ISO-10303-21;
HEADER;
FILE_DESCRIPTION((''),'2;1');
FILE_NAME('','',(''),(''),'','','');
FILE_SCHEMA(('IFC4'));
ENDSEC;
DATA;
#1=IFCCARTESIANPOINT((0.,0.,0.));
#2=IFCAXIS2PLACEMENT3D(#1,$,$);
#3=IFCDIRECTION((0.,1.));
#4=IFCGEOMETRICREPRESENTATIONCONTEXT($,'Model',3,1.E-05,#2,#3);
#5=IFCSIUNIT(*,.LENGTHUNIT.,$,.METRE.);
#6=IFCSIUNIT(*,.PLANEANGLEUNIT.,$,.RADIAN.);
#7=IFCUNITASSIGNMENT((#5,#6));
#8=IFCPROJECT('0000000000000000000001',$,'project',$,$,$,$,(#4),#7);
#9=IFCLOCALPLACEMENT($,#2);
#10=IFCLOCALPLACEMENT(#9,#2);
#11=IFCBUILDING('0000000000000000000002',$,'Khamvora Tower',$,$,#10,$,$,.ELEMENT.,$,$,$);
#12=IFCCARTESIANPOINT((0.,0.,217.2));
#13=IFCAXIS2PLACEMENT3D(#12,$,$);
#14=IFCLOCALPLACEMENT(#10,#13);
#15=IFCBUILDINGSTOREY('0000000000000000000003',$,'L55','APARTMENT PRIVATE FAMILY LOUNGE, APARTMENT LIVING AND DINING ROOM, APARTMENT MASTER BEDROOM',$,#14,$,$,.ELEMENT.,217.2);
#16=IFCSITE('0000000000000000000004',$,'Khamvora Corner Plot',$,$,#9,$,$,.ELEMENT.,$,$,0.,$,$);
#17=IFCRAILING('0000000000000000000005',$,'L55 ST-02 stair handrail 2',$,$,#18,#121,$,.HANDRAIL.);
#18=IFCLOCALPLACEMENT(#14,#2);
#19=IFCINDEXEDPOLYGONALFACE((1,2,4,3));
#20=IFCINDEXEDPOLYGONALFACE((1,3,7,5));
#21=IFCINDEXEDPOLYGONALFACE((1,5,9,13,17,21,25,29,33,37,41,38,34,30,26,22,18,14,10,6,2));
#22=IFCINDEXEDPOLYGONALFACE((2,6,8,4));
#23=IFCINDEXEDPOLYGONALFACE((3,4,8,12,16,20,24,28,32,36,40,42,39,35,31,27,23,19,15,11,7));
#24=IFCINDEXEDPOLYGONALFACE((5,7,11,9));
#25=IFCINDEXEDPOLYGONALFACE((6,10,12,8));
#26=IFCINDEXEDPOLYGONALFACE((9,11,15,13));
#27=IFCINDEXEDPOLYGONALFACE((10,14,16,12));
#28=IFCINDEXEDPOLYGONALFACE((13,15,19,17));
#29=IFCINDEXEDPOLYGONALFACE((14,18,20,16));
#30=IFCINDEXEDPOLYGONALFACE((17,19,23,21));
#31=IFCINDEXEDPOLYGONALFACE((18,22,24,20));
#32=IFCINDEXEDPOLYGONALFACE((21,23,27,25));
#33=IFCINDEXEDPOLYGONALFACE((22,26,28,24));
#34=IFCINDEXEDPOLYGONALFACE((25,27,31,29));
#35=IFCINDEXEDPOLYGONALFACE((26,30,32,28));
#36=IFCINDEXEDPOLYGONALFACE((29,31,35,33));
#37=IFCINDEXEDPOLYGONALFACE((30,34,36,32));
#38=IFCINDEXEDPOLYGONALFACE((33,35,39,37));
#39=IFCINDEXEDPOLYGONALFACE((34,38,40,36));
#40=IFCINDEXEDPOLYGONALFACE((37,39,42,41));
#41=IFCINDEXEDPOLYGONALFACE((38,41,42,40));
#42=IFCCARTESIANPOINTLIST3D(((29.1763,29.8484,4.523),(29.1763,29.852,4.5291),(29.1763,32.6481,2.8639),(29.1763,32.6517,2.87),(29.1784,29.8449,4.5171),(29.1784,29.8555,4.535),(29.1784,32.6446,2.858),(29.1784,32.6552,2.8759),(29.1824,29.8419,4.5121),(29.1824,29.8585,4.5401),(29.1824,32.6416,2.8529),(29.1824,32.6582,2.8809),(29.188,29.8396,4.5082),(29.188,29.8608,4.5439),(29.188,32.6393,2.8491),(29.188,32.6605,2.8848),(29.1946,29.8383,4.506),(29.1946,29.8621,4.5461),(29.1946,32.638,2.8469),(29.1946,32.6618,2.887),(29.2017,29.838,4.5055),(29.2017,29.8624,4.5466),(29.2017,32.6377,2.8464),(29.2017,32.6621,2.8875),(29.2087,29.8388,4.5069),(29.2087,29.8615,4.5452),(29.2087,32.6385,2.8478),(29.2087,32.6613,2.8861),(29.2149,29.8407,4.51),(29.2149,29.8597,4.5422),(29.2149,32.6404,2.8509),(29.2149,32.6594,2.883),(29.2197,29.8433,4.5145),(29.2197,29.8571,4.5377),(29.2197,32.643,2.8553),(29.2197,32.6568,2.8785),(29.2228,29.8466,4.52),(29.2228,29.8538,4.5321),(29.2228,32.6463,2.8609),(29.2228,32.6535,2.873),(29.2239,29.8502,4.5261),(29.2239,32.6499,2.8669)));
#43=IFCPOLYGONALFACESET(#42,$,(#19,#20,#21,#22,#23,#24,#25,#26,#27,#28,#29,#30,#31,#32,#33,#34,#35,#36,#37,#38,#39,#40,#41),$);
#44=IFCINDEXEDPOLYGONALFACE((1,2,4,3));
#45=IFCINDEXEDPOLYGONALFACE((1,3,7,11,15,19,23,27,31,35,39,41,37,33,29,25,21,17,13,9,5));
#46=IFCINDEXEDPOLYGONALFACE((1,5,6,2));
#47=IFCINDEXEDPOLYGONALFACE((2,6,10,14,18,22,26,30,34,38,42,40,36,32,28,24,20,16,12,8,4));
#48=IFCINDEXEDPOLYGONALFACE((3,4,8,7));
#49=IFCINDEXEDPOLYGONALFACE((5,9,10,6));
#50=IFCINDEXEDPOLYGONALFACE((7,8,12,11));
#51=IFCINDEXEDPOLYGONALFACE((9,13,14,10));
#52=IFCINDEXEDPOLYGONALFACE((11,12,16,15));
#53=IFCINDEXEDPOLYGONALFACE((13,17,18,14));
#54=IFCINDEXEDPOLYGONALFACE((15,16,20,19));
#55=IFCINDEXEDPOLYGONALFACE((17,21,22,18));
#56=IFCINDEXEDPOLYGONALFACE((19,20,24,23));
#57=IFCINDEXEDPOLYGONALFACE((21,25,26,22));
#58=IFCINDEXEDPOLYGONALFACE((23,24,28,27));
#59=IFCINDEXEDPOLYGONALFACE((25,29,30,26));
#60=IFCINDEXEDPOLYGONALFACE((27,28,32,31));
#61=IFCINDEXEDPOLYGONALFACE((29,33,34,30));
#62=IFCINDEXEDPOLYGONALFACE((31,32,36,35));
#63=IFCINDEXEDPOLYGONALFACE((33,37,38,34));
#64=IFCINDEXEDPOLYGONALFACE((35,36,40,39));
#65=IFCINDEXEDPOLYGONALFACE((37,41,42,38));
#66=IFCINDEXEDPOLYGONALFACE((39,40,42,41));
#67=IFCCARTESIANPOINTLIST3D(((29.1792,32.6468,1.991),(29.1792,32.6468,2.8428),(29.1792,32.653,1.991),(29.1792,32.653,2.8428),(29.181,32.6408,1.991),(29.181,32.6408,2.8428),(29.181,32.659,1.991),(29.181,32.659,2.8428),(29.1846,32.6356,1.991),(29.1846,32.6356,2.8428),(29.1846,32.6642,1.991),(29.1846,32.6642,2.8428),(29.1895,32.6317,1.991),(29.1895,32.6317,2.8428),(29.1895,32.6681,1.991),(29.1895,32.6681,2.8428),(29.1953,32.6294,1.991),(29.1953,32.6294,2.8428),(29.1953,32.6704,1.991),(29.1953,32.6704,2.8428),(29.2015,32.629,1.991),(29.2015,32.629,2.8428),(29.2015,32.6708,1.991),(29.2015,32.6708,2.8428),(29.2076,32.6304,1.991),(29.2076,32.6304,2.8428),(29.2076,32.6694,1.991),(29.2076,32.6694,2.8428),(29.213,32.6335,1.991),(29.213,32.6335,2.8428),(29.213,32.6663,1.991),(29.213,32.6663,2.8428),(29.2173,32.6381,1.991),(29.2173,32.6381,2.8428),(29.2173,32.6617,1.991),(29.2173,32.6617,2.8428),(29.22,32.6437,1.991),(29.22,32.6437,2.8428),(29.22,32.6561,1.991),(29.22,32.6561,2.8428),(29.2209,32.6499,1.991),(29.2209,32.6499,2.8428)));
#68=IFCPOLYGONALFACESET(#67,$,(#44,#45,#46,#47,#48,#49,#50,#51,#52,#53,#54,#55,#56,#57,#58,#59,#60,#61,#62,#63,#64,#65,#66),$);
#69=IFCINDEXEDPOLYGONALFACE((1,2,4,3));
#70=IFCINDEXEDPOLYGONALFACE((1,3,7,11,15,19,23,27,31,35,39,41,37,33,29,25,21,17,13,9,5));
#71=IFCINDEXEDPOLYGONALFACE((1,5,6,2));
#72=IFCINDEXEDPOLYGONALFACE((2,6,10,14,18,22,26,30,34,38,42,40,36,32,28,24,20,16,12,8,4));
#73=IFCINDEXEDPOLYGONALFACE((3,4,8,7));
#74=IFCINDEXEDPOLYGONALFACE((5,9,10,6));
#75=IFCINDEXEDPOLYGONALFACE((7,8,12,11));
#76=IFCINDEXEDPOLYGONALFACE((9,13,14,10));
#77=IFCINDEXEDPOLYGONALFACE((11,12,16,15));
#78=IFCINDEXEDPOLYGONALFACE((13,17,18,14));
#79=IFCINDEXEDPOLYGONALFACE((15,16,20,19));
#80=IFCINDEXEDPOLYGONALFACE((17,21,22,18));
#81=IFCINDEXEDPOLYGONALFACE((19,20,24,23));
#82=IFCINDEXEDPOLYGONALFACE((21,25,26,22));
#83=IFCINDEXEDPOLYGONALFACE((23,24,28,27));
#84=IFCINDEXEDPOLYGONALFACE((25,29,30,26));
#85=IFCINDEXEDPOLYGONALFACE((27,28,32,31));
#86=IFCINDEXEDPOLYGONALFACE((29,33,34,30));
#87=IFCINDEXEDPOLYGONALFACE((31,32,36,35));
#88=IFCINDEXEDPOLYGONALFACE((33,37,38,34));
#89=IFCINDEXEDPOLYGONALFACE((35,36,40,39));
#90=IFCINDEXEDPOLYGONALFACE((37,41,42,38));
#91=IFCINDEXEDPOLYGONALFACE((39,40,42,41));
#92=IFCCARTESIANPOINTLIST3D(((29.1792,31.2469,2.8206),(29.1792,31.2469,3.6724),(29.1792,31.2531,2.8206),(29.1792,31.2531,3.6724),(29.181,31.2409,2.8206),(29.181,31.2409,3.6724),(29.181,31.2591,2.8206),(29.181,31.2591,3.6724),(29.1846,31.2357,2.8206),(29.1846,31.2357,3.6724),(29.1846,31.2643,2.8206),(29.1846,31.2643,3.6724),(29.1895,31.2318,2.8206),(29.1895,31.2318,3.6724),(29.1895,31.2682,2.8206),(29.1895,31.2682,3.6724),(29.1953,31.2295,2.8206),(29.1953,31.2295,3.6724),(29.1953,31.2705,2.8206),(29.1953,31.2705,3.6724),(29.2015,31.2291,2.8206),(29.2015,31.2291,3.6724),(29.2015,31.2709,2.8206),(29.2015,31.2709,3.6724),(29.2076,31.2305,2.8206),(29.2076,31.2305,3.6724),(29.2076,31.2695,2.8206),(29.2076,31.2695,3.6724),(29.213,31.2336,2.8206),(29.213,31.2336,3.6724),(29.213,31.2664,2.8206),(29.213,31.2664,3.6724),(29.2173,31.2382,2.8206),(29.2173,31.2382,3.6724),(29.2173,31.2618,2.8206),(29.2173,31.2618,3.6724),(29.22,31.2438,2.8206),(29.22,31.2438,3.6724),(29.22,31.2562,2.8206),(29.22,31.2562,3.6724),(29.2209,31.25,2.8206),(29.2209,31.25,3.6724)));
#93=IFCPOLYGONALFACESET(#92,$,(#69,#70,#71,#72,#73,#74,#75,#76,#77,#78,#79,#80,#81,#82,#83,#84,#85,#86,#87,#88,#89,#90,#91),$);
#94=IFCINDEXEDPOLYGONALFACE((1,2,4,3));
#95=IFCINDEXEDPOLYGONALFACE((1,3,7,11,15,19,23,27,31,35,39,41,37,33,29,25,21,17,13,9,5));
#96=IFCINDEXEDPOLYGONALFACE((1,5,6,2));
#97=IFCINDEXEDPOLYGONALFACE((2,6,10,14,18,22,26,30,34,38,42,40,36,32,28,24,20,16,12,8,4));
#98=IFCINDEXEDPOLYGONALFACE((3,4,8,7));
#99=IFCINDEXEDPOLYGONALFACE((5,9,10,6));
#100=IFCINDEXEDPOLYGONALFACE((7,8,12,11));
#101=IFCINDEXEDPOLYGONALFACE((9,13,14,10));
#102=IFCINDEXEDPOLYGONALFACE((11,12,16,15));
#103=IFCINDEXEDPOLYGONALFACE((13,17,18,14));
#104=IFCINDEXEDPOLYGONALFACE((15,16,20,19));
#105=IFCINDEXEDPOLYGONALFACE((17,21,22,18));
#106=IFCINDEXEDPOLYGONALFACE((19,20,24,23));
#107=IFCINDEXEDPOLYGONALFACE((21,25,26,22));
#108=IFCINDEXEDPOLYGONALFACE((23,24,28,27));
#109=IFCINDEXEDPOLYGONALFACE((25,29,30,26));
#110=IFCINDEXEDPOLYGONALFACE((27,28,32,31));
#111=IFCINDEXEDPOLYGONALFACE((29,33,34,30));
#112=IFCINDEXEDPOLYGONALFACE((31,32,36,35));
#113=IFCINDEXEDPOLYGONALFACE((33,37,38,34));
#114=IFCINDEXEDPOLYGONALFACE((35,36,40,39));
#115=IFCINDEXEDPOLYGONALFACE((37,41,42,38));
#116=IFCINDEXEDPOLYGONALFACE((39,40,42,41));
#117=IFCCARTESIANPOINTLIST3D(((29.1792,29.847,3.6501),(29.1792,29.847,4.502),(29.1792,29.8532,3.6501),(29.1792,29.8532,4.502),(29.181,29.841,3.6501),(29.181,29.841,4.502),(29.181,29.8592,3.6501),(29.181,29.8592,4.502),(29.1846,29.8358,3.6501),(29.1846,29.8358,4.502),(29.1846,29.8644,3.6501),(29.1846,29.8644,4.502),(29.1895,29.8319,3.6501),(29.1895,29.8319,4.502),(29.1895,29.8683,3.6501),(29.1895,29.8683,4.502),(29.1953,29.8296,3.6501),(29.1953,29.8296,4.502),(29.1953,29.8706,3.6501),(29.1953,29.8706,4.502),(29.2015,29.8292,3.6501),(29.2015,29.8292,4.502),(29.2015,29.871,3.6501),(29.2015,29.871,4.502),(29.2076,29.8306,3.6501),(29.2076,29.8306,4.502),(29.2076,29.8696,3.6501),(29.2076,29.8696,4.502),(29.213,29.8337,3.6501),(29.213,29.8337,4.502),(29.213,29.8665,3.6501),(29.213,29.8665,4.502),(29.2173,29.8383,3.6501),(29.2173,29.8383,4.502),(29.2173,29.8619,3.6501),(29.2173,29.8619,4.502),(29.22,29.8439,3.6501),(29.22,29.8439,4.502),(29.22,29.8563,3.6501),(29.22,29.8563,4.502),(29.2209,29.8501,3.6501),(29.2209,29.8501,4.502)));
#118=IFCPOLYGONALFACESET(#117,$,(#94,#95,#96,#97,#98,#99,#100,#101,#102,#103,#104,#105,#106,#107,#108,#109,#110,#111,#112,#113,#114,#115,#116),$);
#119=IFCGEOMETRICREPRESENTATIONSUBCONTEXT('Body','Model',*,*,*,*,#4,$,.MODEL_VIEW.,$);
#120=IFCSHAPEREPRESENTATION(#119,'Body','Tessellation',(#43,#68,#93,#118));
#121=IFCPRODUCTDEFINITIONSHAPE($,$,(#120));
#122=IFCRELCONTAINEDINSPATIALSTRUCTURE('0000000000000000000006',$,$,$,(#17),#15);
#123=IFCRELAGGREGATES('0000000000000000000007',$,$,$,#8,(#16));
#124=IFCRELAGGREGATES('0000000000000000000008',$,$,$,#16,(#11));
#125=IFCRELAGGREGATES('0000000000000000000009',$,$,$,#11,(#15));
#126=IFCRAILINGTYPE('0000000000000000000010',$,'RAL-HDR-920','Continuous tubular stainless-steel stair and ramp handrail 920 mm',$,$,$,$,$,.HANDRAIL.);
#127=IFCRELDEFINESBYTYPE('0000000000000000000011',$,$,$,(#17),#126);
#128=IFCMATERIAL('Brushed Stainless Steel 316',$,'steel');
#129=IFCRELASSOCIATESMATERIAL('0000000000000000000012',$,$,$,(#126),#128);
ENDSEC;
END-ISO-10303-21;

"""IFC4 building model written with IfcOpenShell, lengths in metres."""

from ifc_helpers import new_model, si_unit, direction, frame, origin, origin_2d, place, context, subcontext, project, spatial, circle, extrude, material, type_object, element, save


model = new_model("IFC4")

# Units and contexts
model_context = context("Model", 3, precision=1e-05, world=origin(), true_north=direction((0.0, 1.0)))
body_context = subcontext(model_context, "Body", "Model", "MODEL_VIEW")
ifc_project = project(units=[si_unit("LENGTHUNIT", "METRE"), si_unit("PLANEANGLEUNIT", "RADIAN")], contexts=[model_context])

# Site, building, storey
site_placement = place(None, origin())
site = spatial("IfcSite", under=ifc_project, at=site_placement, Name="Khamvora Corner Plot", CompositionType="ELEMENT", RefElevation=0.0)
building_placement = place(site_placement, origin())
building = spatial("IfcBuilding", under=site, at=building_placement, Name="Khamvora Tower", CompositionType="ELEMENT")
storey_placement = place(building_placement, frame((0.0, 0.0, 217.2)))
storey = spatial("IfcBuildingStorey", under=building, at=storey_placement, Name="L55", Description="APARTMENT PRIVATE FAMILY LOUNGE, APARTMENT LIVING AND DINING ROOM, APARTMENT MASTER BEDROOM", CompositionType="ELEMENT", Elevation=217.2)

# Railing
ifc_material_1 = material(Name="Brushed Stainless Steel 316", Category="steel")
railing_type_1 = type_object("IfcRailingType", Name="RAL-HDR-920", Description="Continuous tubular stainless-steel stair and ramp handrail 920 mm", PredefinedType="HANDRAIL", material=ifc_material_1)
railing_1_placement = place(storey_placement, frame((29.2, 32.6499, 1.991)))
element("IfcRailing", 1, at=railing_1_placement, inside=storey, type_object=railing_type_1, Name="L55 ST-02 stair handrail 2", PredefinedType="HANDRAIL", context=body_context, shape_type="SweptSolid", body=[
    extrude(circle(Radius=0.0239, at=origin_2d()), frame((0.0, 0.0, 0.876), z_axis=(0.0, -0.860287, 0.509811), x_axis=(1.0, 0.0, 0.0)), (0.0, 0.0, 1.0), 3.2544),
    extrude(circle(Radius=0.021, at=origin_2d()), origin(), (0.0, 0.0, 1.0), 0.8518),
    extrude(circle(Radius=0.021, at=origin_2d()), frame((0.0, -1.3999, 0.8296)), (0.0, 0.0, 1.0), 0.8518),
    extrude(circle(Radius=0.021, at=origin_2d()), frame((0.0, -2.7998, 1.6592)), (0.0, 0.0, 1.0), 0.8518),
])

save(model, "model.ifc")
